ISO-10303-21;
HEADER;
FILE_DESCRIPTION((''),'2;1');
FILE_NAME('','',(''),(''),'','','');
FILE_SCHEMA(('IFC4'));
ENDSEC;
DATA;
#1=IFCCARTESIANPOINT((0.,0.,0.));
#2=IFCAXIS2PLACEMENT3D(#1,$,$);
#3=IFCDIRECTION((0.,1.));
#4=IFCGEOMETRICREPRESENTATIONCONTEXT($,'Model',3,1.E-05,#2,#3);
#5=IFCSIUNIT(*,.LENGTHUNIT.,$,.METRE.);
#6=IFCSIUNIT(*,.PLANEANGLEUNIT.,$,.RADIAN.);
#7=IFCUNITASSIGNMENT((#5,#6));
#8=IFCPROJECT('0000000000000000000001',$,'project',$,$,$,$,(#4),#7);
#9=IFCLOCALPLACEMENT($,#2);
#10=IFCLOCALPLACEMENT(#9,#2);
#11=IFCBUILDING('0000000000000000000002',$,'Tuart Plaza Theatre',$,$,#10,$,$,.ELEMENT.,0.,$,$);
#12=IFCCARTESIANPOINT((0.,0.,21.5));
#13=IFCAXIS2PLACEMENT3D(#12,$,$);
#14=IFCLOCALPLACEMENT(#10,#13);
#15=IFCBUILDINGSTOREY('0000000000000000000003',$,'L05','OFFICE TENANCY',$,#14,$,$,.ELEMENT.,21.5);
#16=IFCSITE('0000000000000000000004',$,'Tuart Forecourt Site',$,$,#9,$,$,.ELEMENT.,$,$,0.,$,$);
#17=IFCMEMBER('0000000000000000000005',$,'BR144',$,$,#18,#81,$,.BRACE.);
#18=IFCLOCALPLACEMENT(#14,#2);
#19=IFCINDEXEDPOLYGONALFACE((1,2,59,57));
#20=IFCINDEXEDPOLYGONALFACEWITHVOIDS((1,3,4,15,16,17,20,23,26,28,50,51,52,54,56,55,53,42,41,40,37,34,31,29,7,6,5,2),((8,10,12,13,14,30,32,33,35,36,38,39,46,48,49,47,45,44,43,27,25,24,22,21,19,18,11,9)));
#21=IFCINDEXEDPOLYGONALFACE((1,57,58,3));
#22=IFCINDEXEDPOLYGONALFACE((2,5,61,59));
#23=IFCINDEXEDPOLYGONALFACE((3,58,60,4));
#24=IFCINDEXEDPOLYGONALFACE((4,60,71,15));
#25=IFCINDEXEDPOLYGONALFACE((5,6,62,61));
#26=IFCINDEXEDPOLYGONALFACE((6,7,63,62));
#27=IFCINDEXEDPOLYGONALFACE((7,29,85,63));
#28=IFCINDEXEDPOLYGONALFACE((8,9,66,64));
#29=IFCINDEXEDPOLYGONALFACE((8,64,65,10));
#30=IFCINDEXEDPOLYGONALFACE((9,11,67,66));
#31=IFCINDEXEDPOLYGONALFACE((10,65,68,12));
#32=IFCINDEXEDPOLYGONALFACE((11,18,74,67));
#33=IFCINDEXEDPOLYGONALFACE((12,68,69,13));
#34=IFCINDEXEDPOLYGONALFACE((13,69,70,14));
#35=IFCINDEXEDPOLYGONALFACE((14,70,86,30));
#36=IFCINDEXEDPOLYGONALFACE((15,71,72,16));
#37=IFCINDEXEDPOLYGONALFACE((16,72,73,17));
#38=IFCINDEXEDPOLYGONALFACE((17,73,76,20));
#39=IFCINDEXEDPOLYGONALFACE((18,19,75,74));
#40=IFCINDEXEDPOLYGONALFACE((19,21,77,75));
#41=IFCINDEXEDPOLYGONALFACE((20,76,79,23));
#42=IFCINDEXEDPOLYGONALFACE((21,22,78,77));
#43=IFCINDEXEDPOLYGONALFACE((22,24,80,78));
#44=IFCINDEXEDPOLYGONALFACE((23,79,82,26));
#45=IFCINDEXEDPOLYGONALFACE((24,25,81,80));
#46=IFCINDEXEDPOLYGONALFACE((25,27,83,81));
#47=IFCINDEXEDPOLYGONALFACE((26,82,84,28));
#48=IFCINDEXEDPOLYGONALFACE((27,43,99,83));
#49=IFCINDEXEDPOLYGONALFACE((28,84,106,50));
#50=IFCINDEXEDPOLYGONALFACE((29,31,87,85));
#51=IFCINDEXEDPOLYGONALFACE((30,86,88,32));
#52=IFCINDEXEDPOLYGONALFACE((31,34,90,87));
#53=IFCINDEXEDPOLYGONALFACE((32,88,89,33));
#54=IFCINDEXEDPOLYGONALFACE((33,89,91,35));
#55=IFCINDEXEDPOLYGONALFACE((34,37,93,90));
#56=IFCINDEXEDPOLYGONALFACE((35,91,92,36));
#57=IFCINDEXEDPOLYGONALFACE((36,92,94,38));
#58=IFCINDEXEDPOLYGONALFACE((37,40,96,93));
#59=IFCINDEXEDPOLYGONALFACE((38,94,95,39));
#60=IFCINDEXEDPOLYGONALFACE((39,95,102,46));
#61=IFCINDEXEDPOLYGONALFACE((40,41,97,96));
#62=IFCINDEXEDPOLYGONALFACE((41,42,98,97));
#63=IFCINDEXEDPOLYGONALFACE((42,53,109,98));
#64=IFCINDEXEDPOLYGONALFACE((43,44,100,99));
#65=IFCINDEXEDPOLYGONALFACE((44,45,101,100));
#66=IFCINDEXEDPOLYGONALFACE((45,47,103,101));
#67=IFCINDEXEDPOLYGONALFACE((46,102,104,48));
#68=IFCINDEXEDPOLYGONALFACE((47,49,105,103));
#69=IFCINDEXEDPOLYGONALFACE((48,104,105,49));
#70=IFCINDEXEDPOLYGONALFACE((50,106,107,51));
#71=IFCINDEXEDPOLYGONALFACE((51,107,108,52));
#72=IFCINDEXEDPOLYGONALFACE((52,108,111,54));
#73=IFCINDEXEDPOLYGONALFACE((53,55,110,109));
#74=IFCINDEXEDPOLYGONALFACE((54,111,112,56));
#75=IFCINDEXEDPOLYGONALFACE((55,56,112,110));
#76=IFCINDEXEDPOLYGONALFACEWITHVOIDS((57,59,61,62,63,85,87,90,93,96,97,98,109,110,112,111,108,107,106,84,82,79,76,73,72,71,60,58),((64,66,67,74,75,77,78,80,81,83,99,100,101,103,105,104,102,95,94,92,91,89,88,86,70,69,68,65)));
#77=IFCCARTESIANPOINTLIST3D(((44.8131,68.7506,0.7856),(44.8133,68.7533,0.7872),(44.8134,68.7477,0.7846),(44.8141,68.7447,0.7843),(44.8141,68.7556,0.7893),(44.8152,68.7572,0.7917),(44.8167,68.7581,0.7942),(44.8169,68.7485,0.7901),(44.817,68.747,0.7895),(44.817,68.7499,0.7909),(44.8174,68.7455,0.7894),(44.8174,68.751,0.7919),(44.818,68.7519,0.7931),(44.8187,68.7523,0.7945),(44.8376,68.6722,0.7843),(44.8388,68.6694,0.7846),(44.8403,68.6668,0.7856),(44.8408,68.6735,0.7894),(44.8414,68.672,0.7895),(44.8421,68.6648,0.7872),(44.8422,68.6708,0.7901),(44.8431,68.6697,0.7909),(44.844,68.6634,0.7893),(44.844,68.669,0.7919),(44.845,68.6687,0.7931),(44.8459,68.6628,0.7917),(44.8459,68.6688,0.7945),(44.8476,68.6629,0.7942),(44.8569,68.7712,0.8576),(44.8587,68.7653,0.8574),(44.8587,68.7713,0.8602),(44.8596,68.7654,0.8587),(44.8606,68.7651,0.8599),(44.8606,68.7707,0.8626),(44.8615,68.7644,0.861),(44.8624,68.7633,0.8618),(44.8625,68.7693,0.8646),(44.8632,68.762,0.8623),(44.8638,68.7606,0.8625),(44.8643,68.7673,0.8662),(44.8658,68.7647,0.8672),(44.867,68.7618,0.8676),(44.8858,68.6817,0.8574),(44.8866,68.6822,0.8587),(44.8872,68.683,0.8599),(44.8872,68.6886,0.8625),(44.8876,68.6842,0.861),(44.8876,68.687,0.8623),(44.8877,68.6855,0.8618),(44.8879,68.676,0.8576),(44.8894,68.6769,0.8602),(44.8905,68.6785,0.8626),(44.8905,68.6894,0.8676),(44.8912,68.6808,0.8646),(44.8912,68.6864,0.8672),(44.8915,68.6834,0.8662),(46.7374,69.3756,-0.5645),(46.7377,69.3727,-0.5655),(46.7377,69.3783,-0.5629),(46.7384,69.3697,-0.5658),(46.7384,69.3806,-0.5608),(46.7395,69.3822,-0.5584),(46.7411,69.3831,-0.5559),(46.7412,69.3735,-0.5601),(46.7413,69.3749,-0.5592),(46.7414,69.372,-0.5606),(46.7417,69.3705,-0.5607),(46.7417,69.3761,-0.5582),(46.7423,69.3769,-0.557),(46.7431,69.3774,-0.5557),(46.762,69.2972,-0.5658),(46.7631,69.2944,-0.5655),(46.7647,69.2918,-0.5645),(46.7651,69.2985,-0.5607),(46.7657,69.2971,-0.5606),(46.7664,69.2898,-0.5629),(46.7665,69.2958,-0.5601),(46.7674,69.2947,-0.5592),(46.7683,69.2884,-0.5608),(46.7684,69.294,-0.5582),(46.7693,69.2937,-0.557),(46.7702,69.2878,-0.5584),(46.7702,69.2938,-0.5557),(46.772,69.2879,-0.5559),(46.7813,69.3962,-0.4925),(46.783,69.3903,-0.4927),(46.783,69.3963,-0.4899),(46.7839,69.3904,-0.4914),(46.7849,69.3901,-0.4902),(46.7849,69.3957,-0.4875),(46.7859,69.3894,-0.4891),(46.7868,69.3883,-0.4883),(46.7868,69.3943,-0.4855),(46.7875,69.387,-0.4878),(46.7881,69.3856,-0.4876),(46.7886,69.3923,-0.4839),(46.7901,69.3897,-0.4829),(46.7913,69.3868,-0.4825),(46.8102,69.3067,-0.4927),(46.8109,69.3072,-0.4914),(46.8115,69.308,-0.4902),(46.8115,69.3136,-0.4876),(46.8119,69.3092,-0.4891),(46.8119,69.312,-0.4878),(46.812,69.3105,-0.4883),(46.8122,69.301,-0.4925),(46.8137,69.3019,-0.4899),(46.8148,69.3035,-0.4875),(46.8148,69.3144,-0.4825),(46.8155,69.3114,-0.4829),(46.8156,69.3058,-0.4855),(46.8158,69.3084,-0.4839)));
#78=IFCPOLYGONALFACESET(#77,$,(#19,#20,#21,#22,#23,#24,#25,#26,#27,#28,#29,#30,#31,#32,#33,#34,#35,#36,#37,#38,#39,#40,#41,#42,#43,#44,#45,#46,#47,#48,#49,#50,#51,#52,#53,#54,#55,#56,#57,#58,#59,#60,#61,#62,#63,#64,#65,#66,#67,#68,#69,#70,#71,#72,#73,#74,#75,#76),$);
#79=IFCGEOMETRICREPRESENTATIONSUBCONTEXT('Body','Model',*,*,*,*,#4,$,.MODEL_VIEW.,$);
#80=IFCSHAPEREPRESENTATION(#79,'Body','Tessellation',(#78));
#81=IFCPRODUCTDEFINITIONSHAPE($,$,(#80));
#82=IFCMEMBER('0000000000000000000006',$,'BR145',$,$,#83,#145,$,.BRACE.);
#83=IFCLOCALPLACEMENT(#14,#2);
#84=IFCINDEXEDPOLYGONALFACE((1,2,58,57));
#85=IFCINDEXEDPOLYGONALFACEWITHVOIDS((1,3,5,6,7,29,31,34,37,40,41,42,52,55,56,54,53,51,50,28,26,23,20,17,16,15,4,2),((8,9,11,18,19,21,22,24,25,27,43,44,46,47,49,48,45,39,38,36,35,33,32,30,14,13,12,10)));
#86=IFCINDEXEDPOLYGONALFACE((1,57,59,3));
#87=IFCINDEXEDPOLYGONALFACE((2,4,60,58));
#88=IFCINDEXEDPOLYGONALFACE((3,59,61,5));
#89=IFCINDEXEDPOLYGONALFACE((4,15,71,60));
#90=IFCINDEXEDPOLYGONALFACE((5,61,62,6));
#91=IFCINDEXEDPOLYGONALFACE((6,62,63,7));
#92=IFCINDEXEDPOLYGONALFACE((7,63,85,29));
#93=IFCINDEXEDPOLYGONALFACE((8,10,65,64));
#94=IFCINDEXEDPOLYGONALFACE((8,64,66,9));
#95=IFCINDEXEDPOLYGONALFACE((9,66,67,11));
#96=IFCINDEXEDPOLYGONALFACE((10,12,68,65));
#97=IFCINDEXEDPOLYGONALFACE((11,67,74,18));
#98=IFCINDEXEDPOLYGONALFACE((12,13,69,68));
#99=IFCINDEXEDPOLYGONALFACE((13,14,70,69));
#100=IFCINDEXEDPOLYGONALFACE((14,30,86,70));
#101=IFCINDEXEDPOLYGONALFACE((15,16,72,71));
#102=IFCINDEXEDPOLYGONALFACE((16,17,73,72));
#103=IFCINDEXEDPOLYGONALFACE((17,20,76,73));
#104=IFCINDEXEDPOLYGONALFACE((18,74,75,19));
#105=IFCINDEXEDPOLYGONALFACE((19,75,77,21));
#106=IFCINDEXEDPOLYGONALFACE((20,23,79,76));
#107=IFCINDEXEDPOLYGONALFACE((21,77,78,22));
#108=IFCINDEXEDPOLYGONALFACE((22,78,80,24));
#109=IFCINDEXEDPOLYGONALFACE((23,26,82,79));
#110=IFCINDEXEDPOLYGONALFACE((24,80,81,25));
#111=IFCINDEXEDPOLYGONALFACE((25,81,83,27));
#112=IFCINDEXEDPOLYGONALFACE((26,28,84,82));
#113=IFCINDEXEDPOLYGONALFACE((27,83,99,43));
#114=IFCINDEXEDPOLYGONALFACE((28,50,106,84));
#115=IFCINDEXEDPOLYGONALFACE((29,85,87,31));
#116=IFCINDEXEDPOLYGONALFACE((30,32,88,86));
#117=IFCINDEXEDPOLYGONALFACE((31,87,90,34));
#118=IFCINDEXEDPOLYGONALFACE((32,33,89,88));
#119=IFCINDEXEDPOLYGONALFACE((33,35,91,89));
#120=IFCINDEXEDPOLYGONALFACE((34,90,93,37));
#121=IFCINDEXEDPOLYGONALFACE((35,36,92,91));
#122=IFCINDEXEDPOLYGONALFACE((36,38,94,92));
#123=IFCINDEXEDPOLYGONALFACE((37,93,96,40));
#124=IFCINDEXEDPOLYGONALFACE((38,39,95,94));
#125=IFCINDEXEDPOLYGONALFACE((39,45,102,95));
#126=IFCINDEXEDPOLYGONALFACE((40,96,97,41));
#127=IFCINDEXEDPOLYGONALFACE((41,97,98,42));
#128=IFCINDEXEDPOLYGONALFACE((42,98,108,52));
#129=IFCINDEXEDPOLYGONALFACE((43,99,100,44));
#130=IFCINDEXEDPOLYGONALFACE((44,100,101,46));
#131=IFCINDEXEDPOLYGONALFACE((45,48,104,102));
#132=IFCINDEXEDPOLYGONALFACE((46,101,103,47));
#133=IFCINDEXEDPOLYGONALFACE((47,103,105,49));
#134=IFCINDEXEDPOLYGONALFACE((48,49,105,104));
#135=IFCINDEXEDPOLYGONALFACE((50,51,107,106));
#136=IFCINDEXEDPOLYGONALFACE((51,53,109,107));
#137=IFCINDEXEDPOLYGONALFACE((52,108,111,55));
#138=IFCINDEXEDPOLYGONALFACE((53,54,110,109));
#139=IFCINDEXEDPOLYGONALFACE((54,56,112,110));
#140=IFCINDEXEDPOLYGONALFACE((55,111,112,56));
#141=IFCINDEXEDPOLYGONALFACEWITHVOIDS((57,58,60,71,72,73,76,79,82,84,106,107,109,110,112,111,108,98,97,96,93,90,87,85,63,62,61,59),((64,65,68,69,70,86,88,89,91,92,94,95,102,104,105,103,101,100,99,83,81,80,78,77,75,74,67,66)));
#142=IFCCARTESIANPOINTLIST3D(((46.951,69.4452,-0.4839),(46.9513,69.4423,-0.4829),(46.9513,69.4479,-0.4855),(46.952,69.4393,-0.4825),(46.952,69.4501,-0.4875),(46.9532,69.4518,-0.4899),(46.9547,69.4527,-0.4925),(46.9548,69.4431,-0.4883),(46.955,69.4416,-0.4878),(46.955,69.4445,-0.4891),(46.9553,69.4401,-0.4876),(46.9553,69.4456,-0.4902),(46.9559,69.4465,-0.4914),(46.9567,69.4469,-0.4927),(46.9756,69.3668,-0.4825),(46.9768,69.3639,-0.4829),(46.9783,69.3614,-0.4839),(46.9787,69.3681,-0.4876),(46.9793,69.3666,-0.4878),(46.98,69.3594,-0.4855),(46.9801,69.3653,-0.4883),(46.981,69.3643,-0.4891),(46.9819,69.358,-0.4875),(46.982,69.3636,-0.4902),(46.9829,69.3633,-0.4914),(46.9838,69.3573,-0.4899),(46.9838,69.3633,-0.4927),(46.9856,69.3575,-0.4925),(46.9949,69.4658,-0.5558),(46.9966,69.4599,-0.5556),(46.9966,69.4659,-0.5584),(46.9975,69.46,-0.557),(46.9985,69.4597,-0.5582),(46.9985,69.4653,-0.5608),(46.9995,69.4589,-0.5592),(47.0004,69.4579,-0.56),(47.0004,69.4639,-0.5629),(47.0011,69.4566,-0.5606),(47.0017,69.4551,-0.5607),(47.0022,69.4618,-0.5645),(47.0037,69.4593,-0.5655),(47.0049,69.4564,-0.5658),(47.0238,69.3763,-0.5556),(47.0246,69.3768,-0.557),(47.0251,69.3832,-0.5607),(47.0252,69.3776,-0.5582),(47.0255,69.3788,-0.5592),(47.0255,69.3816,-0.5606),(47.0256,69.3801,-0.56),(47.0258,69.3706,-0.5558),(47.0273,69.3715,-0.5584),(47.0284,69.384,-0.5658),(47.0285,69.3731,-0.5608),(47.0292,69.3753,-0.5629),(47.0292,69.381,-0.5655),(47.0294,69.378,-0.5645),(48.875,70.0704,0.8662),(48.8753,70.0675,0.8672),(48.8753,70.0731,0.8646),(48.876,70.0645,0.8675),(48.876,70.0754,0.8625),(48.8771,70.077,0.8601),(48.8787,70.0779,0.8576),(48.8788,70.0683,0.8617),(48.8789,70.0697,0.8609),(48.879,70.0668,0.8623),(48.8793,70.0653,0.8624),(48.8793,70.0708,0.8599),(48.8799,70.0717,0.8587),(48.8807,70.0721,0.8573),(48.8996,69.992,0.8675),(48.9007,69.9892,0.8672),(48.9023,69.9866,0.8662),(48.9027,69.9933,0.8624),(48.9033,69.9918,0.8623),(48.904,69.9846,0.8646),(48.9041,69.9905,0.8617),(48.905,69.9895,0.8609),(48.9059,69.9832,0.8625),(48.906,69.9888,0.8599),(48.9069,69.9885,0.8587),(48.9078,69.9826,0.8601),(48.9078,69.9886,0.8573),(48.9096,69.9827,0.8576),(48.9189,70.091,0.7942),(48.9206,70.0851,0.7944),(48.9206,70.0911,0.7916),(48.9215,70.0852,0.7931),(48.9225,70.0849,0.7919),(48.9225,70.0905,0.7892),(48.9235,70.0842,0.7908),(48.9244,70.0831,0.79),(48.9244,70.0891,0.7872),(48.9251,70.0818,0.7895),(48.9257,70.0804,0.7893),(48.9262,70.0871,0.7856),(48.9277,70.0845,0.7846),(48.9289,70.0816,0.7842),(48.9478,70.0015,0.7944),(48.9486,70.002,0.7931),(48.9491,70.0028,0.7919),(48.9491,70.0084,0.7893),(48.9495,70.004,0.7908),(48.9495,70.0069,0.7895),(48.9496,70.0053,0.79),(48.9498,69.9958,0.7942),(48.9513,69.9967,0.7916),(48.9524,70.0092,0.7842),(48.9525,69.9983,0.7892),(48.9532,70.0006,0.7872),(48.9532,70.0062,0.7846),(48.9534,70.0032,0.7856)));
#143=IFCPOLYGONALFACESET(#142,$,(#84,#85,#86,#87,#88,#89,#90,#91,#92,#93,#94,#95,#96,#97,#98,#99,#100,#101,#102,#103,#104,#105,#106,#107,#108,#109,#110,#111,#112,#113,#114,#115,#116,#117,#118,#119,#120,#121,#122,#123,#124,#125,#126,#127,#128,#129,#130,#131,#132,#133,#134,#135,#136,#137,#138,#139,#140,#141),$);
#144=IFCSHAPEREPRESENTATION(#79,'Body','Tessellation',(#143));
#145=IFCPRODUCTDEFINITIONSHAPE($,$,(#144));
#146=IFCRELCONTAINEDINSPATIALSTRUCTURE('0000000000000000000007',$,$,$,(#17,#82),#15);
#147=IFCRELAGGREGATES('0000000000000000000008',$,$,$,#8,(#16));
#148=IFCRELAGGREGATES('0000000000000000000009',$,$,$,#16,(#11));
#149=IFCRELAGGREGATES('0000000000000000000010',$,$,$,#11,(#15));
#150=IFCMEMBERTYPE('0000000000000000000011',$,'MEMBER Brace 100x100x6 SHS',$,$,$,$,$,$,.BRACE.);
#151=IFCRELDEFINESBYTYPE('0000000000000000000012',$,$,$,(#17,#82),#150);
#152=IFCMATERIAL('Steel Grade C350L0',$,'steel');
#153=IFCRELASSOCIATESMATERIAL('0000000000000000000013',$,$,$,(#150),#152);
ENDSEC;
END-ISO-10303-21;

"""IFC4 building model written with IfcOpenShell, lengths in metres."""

from ifc_helpers import new_model, si_unit, direction, frame, origin, origin_2d, place, context, subcontext, project, spatial, hollow_rectangle, extrude, material, material_profile, profile_set, type_object, element, save


model = new_model("IFC4")

# Units and contexts
model_context = context("Model", 3, precision=1e-05, world=origin(), true_north=direction((0.0, 1.0)))
body_context = subcontext(model_context, "Body", "Model", "MODEL_VIEW")
ifc_project = project(units=[si_unit("LENGTHUNIT", "METRE"), si_unit("PLANEANGLEUNIT", "RADIAN")], contexts=[model_context])

# Site, building, storey
site_placement = place(None, origin())
site = spatial("IfcSite", under=ifc_project, at=site_placement, Name="Tuart Forecourt Site", CompositionType="ELEMENT", RefElevation=0.0)
building_placement = place(site_placement, origin())
building = spatial("IfcBuilding", under=site, at=building_placement, Name="Tuart Plaza Theatre", CompositionType="ELEMENT", ElevationOfRefHeight=0.0)
storey_placement = place(building_placement, frame((0.0, 0.0, 21.5)))
storey = spatial("IfcBuildingStorey", under=building, at=storey_placement, Name="L05", Description="OFFICE TENANCY", CompositionType="ELEMENT", Elevation=21.5)

# Members
ifc_material_1 = material(Name="Steel Grade C350L0", Category="steel")
ifc_material_profile_1 = material_profile(ifc_material_1, hollow_rectangle(XDim=0.1001, YDim=0.1001, WallThickness=0.0061, InnerFilletRadius=0.0061, OuterFilletRadius=0.012, at=origin_2d()), Name="100x100x6 SHS")
ifc_profile_set_1 = profile_set([ifc_material_profile_1], Name="Steel Grade C350L0")
member_type_1 = type_object("IfcMemberType", Name="MEMBER Brace 100x100x6 SHS", PredefinedType="BRACE", material=ifc_profile_set_1)
member_1_placement = place(storey_placement, frame((44.8523, 68.717, 0.8259), z_axis=(0.791131, 0.256952, -0.555056), x_axis=(-0.308906, 0.951093, 0.0)))
element("IfcMember", 1, at=member_1_placement, inside=storey, type_object=member_type_1, Name="BR144", PredefinedType="BRACE", context=body_context, shape_type="SweptSolid", body=[
    extrude(hollow_rectangle(XDim=0.1001, YDim=0.1001, WallThickness=0.0061, InnerFilletRadius=0.0061, OuterFilletRadius=0.012, at=origin_2d()), origin(), (0.0, 0.0, 1.0), 2.4324),
])
for number, where, z_axis, x_axis, name in (
    (2, (46.9902, 69.4116, -0.5242), (0.791073, 0.257066, 0.555086), (-0.309051, 0.951046, 0.0), "BR145"),
):
    element("IfcMember", number, at=place(storey_placement, frame(where, z_axis=z_axis, x_axis=x_axis)), inside=storey, type_object=member_type_1, Name=name, PredefinedType="BRACE", context=body_context, shape_type="SweptSolid", body=[
        extrude(hollow_rectangle(XDim=0.1001, YDim=0.1001, WallThickness=0.0061, InnerFilletRadius=0.0061, OuterFilletRadius=0.012, at=origin_2d()), origin(), (0.0, 0.0, 1.0), 2.4321),
    ])

save(model, "model.ifc")
